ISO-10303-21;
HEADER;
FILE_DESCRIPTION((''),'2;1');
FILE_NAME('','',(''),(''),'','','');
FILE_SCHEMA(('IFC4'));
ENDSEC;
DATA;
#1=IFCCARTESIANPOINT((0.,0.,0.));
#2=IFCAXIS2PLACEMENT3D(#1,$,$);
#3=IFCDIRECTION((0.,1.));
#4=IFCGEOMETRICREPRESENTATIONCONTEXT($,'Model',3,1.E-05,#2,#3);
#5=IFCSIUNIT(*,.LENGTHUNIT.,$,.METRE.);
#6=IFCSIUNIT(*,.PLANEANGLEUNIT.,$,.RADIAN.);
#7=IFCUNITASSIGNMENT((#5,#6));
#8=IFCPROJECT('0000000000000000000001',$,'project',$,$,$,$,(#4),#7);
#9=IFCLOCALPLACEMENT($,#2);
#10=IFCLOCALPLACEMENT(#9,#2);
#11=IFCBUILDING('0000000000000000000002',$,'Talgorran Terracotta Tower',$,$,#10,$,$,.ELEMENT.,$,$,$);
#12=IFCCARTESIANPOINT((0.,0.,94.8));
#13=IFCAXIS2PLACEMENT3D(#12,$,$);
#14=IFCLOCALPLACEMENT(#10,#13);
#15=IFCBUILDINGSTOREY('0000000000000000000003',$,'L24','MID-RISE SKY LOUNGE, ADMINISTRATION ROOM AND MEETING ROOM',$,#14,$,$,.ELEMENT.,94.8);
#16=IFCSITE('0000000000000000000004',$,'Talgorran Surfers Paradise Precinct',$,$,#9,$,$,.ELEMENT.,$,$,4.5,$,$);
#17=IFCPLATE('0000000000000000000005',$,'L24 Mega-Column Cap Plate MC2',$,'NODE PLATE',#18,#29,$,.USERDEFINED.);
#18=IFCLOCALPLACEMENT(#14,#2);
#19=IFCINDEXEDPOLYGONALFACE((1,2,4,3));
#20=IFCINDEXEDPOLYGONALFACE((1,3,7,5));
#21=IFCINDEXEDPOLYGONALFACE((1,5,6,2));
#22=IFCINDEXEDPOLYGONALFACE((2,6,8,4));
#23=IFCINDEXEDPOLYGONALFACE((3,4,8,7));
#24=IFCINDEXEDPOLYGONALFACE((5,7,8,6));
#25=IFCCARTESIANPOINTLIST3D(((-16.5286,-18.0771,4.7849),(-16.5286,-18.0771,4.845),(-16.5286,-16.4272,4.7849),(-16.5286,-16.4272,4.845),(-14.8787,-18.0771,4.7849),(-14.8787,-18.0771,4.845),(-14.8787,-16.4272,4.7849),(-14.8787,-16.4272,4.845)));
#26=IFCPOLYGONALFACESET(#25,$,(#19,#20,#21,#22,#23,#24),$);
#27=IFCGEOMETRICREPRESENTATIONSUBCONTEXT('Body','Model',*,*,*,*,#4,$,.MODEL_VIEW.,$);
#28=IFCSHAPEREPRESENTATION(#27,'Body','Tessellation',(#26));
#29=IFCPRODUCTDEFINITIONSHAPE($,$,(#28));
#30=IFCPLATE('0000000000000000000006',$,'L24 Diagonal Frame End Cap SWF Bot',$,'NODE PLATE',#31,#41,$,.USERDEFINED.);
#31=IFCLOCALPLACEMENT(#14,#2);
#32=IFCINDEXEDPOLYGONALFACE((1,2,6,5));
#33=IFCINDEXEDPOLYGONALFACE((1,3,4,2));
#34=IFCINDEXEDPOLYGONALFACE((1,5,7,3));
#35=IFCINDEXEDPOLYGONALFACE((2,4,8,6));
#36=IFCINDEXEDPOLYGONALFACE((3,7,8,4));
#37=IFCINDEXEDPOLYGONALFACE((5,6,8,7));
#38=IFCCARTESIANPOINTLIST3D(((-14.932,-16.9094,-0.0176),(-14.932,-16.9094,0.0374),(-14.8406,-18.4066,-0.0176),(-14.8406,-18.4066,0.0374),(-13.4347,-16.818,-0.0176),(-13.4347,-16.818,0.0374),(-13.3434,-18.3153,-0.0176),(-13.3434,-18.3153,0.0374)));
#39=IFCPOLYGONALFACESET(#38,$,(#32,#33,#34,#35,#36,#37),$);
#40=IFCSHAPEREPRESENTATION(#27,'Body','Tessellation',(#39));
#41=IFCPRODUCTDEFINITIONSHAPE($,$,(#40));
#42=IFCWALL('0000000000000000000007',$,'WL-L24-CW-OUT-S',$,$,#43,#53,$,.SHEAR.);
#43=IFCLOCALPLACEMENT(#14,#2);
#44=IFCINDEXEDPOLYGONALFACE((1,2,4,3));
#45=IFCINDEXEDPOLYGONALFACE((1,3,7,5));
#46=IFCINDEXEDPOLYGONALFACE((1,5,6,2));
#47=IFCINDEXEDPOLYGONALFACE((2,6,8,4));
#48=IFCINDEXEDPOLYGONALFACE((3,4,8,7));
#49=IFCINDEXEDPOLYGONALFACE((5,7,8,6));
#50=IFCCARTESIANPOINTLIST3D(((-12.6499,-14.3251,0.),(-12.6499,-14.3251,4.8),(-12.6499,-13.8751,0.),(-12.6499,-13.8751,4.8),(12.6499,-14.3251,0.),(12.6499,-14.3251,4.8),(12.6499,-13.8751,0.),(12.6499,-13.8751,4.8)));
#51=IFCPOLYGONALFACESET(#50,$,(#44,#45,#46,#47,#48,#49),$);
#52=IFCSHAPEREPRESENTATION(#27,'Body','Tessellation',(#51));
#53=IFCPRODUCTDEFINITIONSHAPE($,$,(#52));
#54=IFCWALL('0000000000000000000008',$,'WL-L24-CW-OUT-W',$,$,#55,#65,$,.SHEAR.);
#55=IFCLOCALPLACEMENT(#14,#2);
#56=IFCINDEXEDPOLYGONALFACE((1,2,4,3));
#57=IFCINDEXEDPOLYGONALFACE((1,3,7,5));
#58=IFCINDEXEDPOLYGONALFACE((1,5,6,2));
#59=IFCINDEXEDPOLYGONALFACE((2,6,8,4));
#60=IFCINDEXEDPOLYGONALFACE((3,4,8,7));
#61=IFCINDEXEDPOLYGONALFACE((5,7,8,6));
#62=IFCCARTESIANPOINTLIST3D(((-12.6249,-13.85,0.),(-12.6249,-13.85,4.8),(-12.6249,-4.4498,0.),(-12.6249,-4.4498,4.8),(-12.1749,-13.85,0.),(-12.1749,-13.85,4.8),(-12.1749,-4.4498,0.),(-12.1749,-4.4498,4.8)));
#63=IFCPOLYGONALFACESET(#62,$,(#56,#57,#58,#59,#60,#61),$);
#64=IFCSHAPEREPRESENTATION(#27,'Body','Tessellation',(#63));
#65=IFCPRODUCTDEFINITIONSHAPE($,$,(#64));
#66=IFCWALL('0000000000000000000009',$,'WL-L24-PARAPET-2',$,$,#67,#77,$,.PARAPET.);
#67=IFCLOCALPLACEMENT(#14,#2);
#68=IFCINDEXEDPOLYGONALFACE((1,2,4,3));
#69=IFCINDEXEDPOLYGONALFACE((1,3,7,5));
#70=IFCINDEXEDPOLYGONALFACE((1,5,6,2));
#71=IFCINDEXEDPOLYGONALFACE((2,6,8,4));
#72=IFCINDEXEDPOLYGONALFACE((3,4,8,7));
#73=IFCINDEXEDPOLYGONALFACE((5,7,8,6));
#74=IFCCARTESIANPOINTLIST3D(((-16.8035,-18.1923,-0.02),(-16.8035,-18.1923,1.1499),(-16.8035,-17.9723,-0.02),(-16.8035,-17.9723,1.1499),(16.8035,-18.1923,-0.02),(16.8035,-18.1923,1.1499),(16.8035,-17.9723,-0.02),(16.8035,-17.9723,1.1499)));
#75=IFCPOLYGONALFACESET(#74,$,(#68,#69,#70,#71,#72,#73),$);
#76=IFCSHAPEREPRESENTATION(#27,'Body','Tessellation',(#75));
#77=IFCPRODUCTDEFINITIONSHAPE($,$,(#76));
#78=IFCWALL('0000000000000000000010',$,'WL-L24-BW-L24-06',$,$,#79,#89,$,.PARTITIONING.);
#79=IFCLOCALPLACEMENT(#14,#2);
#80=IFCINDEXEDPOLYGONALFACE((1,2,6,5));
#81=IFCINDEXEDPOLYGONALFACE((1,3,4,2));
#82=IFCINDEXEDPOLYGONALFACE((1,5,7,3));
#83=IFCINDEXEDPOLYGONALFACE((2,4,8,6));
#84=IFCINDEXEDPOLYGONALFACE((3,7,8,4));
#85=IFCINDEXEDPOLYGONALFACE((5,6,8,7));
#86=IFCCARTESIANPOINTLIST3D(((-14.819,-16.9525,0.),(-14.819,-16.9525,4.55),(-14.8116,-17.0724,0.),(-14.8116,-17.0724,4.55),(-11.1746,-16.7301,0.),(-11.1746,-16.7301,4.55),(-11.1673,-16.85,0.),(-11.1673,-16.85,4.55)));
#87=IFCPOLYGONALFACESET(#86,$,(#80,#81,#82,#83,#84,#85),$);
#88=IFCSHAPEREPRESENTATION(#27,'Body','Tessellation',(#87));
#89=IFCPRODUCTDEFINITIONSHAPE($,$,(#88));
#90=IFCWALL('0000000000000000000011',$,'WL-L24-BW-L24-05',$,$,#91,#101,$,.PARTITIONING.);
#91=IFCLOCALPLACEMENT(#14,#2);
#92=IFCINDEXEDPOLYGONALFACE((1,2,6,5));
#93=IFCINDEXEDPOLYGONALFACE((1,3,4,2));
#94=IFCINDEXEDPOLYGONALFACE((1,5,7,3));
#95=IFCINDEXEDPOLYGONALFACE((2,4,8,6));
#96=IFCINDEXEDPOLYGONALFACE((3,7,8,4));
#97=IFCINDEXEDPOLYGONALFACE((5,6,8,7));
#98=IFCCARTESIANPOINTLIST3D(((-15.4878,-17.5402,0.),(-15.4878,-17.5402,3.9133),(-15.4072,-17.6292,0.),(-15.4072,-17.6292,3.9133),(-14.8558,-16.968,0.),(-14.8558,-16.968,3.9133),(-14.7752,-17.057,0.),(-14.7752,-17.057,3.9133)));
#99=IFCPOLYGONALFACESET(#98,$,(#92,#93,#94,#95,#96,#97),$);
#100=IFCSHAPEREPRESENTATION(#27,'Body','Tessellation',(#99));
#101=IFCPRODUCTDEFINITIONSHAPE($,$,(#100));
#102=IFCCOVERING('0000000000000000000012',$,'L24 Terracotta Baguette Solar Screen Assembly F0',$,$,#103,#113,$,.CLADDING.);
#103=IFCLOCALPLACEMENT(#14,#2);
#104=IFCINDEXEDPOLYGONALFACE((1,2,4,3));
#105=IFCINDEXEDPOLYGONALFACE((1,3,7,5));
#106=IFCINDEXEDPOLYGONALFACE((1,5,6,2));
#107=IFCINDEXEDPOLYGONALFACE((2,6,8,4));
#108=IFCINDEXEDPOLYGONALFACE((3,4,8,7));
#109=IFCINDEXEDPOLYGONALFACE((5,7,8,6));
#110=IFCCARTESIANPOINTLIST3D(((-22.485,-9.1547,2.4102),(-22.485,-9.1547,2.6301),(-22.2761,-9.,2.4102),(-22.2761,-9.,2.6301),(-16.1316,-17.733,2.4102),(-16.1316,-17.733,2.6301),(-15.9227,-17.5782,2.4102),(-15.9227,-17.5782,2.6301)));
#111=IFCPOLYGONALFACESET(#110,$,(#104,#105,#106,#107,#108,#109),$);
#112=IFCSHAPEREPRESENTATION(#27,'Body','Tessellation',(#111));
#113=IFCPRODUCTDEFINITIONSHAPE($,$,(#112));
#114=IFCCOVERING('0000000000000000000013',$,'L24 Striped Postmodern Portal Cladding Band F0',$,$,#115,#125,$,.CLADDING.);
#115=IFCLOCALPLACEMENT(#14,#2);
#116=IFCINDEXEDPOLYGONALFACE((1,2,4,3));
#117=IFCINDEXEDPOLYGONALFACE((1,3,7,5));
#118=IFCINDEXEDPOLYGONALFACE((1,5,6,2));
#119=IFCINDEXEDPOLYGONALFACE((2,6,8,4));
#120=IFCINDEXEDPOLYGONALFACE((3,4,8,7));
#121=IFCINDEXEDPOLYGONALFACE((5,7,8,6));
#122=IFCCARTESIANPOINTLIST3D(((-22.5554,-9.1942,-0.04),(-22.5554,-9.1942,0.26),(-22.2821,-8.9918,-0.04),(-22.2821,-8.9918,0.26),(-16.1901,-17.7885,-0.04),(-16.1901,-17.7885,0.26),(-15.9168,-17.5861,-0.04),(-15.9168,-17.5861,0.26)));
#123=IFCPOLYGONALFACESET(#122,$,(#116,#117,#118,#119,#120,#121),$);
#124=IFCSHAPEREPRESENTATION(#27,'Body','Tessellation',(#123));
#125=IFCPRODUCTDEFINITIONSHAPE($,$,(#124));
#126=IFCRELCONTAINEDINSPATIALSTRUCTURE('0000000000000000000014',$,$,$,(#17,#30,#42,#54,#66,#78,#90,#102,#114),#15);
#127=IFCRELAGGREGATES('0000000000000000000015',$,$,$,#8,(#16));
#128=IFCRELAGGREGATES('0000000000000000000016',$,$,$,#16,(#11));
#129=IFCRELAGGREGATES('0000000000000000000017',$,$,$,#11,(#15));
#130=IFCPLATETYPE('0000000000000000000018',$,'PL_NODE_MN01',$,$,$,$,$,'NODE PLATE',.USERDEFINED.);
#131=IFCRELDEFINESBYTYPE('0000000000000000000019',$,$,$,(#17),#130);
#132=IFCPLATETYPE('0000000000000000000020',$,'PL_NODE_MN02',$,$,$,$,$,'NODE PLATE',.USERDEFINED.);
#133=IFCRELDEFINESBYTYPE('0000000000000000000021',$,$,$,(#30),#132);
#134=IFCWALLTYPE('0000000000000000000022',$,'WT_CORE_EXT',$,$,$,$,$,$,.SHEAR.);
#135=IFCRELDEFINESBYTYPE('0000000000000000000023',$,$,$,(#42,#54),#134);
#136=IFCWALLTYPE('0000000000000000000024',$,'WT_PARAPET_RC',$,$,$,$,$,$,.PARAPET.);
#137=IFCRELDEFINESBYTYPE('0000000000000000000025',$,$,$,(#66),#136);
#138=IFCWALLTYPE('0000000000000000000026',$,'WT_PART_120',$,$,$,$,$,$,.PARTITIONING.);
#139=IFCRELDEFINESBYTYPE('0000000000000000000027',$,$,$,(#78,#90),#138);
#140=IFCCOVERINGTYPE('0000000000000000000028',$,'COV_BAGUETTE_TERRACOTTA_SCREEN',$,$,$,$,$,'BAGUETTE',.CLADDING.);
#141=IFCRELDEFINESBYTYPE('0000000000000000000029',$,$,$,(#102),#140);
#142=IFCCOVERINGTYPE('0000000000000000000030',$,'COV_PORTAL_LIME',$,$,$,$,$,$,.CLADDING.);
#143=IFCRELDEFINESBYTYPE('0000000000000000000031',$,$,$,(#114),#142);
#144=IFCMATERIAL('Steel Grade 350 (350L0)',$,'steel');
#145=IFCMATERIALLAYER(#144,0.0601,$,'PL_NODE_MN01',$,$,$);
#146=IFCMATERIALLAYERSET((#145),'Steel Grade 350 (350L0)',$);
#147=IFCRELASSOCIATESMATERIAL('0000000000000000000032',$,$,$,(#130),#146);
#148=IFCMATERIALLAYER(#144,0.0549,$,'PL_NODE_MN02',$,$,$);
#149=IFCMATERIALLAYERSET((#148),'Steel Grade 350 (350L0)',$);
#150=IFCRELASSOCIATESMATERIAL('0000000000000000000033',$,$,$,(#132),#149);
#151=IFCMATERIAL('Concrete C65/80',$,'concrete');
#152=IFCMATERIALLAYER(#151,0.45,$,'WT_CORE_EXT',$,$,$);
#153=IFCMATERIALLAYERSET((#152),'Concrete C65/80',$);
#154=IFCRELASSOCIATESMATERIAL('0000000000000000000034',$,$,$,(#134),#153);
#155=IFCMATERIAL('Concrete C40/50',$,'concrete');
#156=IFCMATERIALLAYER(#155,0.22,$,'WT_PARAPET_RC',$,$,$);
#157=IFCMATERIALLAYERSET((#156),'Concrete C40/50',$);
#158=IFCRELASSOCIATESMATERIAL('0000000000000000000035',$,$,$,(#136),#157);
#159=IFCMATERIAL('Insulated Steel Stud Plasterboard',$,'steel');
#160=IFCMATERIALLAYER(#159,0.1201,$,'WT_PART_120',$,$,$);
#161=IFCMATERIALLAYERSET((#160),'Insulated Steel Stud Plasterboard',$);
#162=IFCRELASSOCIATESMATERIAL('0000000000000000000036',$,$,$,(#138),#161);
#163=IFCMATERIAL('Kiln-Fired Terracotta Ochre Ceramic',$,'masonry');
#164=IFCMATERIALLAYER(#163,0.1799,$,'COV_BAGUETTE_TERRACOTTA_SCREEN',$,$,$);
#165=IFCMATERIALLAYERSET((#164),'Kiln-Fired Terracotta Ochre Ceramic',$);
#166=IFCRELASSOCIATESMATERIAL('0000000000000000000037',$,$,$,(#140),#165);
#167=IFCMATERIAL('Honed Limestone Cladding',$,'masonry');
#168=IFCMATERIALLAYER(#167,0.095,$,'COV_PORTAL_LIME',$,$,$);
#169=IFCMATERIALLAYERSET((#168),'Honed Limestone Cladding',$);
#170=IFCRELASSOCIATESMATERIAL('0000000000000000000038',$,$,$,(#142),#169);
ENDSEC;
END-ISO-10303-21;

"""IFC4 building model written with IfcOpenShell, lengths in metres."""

from ifc_helpers import new_model, si_unit, direction, frame, frame_2d, origin, origin_2d, place, context, subcontext, project, spatial, rectangle, extrude, material, layer, layer_set, type_object, element, save


model = new_model("IFC4")

# Units and contexts
model_context = context("Model", 3, precision=1e-05, world=origin(), true_north=direction((0.0, 1.0)))
body_context = subcontext(model_context, "Body", "Model", "MODEL_VIEW")
ifc_project = project(units=[si_unit("LENGTHUNIT", "METRE"), si_unit("PLANEANGLEUNIT", "RADIAN")], contexts=[model_context])

# Site, building, storey
site_placement = place(None, origin())
site = spatial("IfcSite", under=ifc_project, at=site_placement, Name="Talgorran Surfers Paradise Precinct", CompositionType="ELEMENT", RefElevation=4.5)
building_placement = place(site_placement, origin())
building = spatial("IfcBuilding", under=site, at=building_placement, Name="Talgorran Terracotta Tower", CompositionType="ELEMENT")
storey_placement = place(building_placement, frame((0.0, 0.0, 94.8)))
storey = spatial("IfcBuildingStorey", under=building, at=storey_placement, Name="L24", Description="MID-RISE SKY LOUNGE, ADMINISTRATION ROOM AND MEETING ROOM", CompositionType="ELEMENT", Elevation=94.8)

# Shared definitions
ifc_material_1 = material(Name="Steel Grade 350 (350L0)", Category="steel")

# Plates
ifc_layer_1 = layer(ifc_material_1, 0.0601, Name="PL_NODE_MN01")
ifc_layer_set_1 = layer_set([ifc_layer_1], Name="Steel Grade 350 (350L0)")
plate_type_1 = type_object("IfcPlateType", Name="PL_NODE_MN01", ElementType="NODE PLATE", PredefinedType="USERDEFINED", material=ifc_layer_set_1)
plate_1_placement = place(storey_placement, frame((-15.7036, -17.2522, 4.7849), z_axis=(0.0, 0.0, 1.0), x_axis=(1.0, 0.0, 0.0)))
element("IfcPlate", 1, at=plate_1_placement, inside=storey, type_object=plate_type_1, Name="L24 Mega-Column Cap Plate MC2", ObjectType="NODE PLATE", PredefinedType="USERDEFINED", context=body_context, shape_type="SweptSolid", body=[
    extrude(rectangle(XDim=1.6499, YDim=1.6499, at=origin_2d()), origin(), (0.0, 0.0, 1.0), 0.0601),
])
ifc_layer_2 = layer(ifc_material_1, 0.0549, Name="PL_NODE_MN02")
ifc_layer_set_2 = layer_set([ifc_layer_2], Name="Steel Grade 350 (350L0)")
plate_type_2 = type_object("IfcPlateType", Name="PL_NODE_MN02", ElementType="NODE PLATE", PredefinedType="USERDEFINED", material=ifc_layer_set_2)
plate_2_placement = place(storey_placement, frame((-14.1377, -17.6123, -0.0176), z_axis=(0.0, 0.0, 1.0), x_axis=(0.998145, 0.060874, 0.0)))
element("IfcPlate", 2, at=plate_2_placement, inside=storey, type_object=plate_type_2, Name="L24 Diagonal Frame End Cap SWF Bot", ObjectType="NODE PLATE", PredefinedType="USERDEFINED", context=body_context, shape_type="SweptSolid", body=[
    extrude(rectangle(XDim=1.5, YDim=1.5, at=origin_2d()), origin(), (0.0, 0.0, 1.0), 0.0549),
])

# Walls
ifc_material_2 = material(Name="Concrete C65/80", Category="concrete")
ifc_layer_3 = layer(ifc_material_2, 0.45, Name="WT_CORE_EXT")
ifc_layer_set_3 = layer_set([ifc_layer_3], Name="Concrete C65/80")
wall_type_1 = type_object("IfcWallType", Name="WT_CORE_EXT", PredefinedType="SHEAR", material=ifc_layer_set_3)
wall_1_placement = place(storey_placement, frame((-12.6499, -14.1001, 0.0), z_axis=(0.0, 0.0, 1.0), x_axis=(1.0, 0.0, 0.0)))
element("IfcWall", 3, at=wall_1_placement, inside=storey, type_object=wall_type_1, Name="WL-L24-CW-OUT-S", PredefinedType="SHEAR", context=body_context, shape_type="SweptSolid", body=[
    extrude(rectangle(XDim=25.2998, YDim=0.45, at=frame_2d((12.6499, 0.0))), origin(), (0.0, 0.0, 1.0), 4.8),
])
wall_2_placement = place(storey_placement, frame((-12.3999, -13.8501, 0.0), z_axis=(0.0, 0.0, 1.0), x_axis=(0.0, 1.0, 0.0)))
element("IfcWall", 4, at=wall_2_placement, inside=storey, type_object=wall_type_1, Name="WL-L24-CW-OUT-W", PredefinedType="SHEAR", context=body_context, shape_type="SweptSolid", body=[
    extrude(rectangle(XDim=9.4001, YDim=0.45, at=frame_2d((4.7002, 0.0))), origin(), (0.0, 0.0, 1.0), 4.8),
])
ifc_material_3 = material(Name="Concrete C40/50", Category="concrete")
ifc_layer_4 = layer(ifc_material_3, 0.22, Name="WT_PARAPET_RC")
ifc_layer_set_4 = layer_set([ifc_layer_4], Name="Concrete C40/50")
wall_type_2 = type_object("IfcWallType", Name="WT_PARAPET_RC", PredefinedType="PARAPET", material=ifc_layer_set_4)
wall_3_placement = place(storey_placement, frame((-16.8035, -18.0823, -0.02), z_axis=(0.0, 0.0, 1.0), x_axis=(1.0, 0.0, 0.0)))
element("IfcWall", 5, at=wall_3_placement, inside=storey, type_object=wall_type_2, Name="WL-L24-PARAPET-2", PredefinedType="PARAPET", context=body_context, shape_type="SweptSolid", body=[
    extrude(rectangle(XDim=33.6069, YDim=0.22, at=frame_2d((16.8035, 0.0))), origin(), (0.0, 0.0, 1.0), 1.1699),
])
ifc_material_4 = material(Name="Insulated Steel Stud Plasterboard", Category="steel")
ifc_layer_5 = layer(ifc_material_4, 0.1201, Name="WT_PART_120")
ifc_layer_set_5 = layer_set([ifc_layer_5], Name="Insulated Steel Stud Plasterboard")
wall_type_3 = type_object("IfcWallType", Name="WT_PART_120", PredefinedType="PARTITIONING", material=ifc_layer_set_5)
wall_4_placement = place(storey_placement, frame((-14.8154, -17.0125, 0.0), z_axis=(0.0, 0.0, 1.0), x_axis=(0.998143, 0.060917, 0.0)))
element("IfcWall", 6, at=wall_4_placement, inside=storey, type_object=wall_type_3, Name="WL-L24-BW-L24-06", PredefinedType="PARTITIONING", context=body_context, shape_type="SweptSolid", body=[
    extrude(rectangle(XDim=3.6511, YDim=0.1201, at=frame_2d((1.8257, 0.0))), origin(), (0.0, 0.0, 1.0), 4.55),
])
wall_5_placement = place(storey_placement, frame((-15.4475, -17.5847, 0.0), z_axis=(0.0, 0.0, 1.0), x_axis=(0.741312, 0.671161, 0.0)))
element("IfcWall", 7, at=wall_5_placement, inside=storey, type_object=wall_type_3, Name="WL-L24-BW-L24-05", PredefinedType="PARTITIONING", context=body_context, shape_type="SweptSolid", body=[
    extrude(rectangle(XDim=0.8525, YDim=0.1201, at=frame_2d((0.4263, 0.0))), origin(), (0.0, 0.0, 1.0), 3.9133),
])

# Coverings
ifc_material_5 = material(Name="Kiln-Fired Terracotta Ochre Ceramic", Category="masonry")
ifc_layer_6 = layer(ifc_material_5, 0.1799, Name="COV_BAGUETTE_TERRACOTTA_SCREEN")
ifc_layer_set_6 = layer_set([ifc_layer_6], Name="Kiln-Fired Terracotta Ochre Ceramic")
covering_type_1 = type_object("IfcCoveringType", Name="COV_BAGUETTE_TERRACOTTA_SCREEN", ElementType="BAGUETTE", PredefinedType="CLADDING", material=ifc_layer_set_6)
covering_1_placement = place(storey_placement, frame((-19.2039, -13.3665, 2.4102), z_axis=(0.0, 0.0, 1.0), x_axis=(0.595173, -0.803597, 0.0)))
element("IfcCovering", 8, at=covering_1_placement, inside=storey, type_object=covering_type_1, Name="L24 Terracotta Baguette Solar Screen Assembly F0", PredefinedType="CLADDING", context=body_context, shape_type="SweptSolid", body=[
    extrude(rectangle(XDim=10.6748, YDim=0.26, at=origin_2d()), origin(), (0.0, 0.0, 1.0), 0.22),
])
ifc_material_6 = material(Name="Honed Limestone Cladding", Category="masonry")
ifc_layer_7 = layer(ifc_material_6, 0.095, Name="COV_PORTAL_LIME")
ifc_layer_set_7 = layer_set([ifc_layer_7], Name="Honed Limestone Cladding")
covering_type_2 = type_object("IfcCoveringType", Name="COV_PORTAL_LIME", PredefinedType="CLADDING", material=ifc_layer_set_7)
covering_2_placement = place(storey_placement, frame((-19.2361, -13.3901, -0.04), z_axis=(0.0, 0.0, 1.0), x_axis=(0.595173, -0.803597, 0.0)))
element("IfcCovering", 9, at=covering_2_placement, inside=storey, type_object=covering_type_2, Name="L24 Striped Postmodern Portal Cladding Band F0", PredefinedType="CLADDING", context=body_context, shape_type="SweptSolid", body=[
    extrude(rectangle(XDim=10.6948, YDim=0.3401, at=origin_2d()), origin(), (0.0, 0.0, 1.0), 0.3),
])

save(model, "model.ifc")
